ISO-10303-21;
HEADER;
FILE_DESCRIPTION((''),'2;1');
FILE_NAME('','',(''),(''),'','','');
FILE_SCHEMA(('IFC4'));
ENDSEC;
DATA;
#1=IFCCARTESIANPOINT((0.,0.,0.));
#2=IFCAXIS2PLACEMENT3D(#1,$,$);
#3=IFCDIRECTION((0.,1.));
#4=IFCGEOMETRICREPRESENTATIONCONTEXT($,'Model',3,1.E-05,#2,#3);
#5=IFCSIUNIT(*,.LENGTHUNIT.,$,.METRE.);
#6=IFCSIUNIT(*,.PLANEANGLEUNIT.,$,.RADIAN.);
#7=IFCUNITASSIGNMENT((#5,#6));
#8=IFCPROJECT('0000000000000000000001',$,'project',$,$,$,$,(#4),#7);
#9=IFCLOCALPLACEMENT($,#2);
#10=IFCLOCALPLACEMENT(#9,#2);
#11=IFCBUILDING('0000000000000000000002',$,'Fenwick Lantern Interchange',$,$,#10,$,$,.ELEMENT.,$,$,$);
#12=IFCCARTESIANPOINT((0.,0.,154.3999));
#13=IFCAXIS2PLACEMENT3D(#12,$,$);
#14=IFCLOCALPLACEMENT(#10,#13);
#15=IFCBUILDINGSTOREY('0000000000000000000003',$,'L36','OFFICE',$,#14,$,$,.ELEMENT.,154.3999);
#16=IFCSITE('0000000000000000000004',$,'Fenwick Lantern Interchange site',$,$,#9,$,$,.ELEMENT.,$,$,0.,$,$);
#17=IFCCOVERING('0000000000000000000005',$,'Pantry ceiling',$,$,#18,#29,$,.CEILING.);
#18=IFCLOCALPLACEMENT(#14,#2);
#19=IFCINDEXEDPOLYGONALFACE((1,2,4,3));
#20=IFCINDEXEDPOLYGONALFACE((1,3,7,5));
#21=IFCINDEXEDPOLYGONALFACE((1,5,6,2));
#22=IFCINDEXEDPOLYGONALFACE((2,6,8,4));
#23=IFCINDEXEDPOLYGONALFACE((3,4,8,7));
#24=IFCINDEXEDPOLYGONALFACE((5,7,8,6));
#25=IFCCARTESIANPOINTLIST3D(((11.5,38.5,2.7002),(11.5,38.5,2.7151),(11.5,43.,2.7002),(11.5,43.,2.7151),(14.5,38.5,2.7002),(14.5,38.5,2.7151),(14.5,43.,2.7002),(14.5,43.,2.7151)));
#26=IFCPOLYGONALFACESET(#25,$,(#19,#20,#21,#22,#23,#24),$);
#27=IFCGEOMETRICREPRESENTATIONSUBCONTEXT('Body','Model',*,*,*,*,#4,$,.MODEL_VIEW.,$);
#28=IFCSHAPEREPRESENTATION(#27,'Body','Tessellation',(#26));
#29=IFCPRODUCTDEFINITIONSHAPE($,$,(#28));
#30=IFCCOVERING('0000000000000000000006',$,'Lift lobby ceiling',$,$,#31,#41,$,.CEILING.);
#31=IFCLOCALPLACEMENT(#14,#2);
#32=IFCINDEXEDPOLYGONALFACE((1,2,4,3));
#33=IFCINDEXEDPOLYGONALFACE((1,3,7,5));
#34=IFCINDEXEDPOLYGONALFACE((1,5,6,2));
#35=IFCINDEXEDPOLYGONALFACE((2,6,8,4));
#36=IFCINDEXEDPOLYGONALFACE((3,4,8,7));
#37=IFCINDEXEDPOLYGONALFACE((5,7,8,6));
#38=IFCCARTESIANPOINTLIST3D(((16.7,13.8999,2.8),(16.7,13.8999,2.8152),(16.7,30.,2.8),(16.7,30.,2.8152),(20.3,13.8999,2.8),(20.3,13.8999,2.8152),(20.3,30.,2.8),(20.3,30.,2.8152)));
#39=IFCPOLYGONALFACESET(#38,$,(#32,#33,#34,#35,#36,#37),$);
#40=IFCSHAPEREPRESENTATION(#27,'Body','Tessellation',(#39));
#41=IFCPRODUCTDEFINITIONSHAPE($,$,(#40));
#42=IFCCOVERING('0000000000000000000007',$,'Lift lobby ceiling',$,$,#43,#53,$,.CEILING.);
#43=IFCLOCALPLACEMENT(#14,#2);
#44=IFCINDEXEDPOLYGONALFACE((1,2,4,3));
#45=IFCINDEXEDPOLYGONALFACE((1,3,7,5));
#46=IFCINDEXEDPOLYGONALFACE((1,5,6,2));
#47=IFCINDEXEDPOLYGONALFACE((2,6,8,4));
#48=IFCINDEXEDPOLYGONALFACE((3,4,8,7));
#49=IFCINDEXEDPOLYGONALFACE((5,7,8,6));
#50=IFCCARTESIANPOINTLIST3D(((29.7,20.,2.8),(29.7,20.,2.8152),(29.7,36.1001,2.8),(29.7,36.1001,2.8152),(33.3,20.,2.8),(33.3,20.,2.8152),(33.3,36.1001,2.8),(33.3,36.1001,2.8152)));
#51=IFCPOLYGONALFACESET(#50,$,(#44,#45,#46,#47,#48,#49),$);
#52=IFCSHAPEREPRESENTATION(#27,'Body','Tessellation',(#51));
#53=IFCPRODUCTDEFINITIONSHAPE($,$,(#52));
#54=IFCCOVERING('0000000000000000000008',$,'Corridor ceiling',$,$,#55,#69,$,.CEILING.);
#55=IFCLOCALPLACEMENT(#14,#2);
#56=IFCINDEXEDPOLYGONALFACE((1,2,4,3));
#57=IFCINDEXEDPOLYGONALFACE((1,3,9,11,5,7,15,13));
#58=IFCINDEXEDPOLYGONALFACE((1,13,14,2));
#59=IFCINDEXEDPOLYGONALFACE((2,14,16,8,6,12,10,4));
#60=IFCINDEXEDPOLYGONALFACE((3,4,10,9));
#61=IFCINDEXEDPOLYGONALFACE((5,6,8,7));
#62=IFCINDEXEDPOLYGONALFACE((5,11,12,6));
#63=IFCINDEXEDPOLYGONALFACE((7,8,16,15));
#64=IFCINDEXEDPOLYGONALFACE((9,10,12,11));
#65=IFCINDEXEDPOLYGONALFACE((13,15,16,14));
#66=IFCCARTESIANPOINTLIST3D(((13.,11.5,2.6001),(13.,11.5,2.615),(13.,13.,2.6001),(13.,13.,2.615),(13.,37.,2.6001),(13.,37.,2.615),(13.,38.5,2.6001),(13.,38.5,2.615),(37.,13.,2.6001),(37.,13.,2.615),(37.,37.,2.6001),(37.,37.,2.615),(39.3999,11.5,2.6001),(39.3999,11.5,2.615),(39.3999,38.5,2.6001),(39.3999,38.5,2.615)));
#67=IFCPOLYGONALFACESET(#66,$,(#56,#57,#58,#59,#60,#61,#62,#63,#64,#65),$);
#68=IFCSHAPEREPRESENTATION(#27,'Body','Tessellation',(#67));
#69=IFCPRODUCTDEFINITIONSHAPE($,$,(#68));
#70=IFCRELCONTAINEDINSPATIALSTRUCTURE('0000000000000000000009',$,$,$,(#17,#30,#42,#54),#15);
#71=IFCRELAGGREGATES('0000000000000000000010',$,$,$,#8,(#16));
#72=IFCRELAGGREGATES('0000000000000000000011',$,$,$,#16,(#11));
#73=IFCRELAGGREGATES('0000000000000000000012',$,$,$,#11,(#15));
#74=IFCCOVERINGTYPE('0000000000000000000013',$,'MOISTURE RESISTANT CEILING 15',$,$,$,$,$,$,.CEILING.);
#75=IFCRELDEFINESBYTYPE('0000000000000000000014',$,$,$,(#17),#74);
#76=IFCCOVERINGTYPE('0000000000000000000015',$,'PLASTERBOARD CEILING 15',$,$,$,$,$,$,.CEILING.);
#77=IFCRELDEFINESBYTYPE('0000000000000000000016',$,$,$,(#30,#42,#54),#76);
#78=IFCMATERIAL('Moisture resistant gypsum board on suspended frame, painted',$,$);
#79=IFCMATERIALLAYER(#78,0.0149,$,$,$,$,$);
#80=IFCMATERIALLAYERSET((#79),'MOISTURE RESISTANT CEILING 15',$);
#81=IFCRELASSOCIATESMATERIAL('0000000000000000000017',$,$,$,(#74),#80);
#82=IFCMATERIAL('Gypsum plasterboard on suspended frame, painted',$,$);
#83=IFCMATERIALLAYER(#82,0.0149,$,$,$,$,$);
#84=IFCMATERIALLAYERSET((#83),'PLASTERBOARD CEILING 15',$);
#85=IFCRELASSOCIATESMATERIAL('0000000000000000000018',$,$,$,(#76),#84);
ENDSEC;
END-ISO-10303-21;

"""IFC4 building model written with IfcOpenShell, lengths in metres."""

from ifc_helpers import new_model, si_unit, direction, frame, origin, place, context, subcontext, project, spatial, polyline, outline, extrude, material, layer, layer_set, type_object, element, save


model = new_model("IFC4")

# Units and contexts
model_context = context("Model", 3, precision=1e-05, world=origin(), true_north=direction((0.0, 1.0)))
body_context = subcontext(model_context, "Body", "Model", "MODEL_VIEW")
ifc_project = project(units=[si_unit("LENGTHUNIT", "METRE"), si_unit("PLANEANGLEUNIT", "RADIAN")], contexts=[model_context])

# Site, building, storey
site_placement = place(None, origin())
site = spatial("IfcSite", under=ifc_project, at=site_placement, Name="Fenwick Lantern Interchange site", CompositionType="ELEMENT", RefElevation=0.0)
building_placement = place(site_placement, origin())
building = spatial("IfcBuilding", under=site, at=building_placement, Name="Fenwick Lantern Interchange", CompositionType="ELEMENT")
storey_placement = place(building_placement, frame((0.0, 0.0, 154.3999)))
storey = spatial("IfcBuildingStorey", under=building, at=storey_placement, Name="L36", Description="OFFICE", CompositionType="ELEMENT", Elevation=154.3999)

# Coverings
ifc_material_1 = material(Name="Moisture resistant gypsum board on suspended frame, painted")
ifc_layer_1 = layer(ifc_material_1, 0.0149)
ifc_layer_set_1 = layer_set([ifc_layer_1], Name="MOISTURE RESISTANT CEILING 15")
covering_type_1 = type_object("IfcCoveringType", Name="MOISTURE RESISTANT CEILING 15", PredefinedType="CEILING", material=ifc_layer_set_1)
covering_1_placement = place(storey_placement, frame((0.0, 0.0, 2.7002)))
element("IfcCovering", 1, at=covering_1_placement, inside=storey, type_object=covering_type_1, Name="Pantry ceiling", PredefinedType="CEILING", context=body_context, shape_type="SweptSolid", body=[
    extrude(outline(polyline([(14.5, 43.0), (11.5, 43.0), (11.5, 38.5), (14.5, 38.5), (14.5, 43.0)])), origin(), (0.0, 0.0, 1.0), 0.0149),
])
ifc_material_2 = material(Name="Gypsum plasterboard on suspended frame, painted")
ifc_layer_2 = layer(ifc_material_2, 0.0149)
ifc_layer_set_2 = layer_set([ifc_layer_2], Name="PLASTERBOARD CEILING 15")
covering_type_2 = type_object("IfcCoveringType", Name="PLASTERBOARD CEILING 15", PredefinedType="CEILING", material=ifc_layer_set_2)
covering_2_placement = place(storey_placement, frame((0.0, 0.0, 2.8)))
element("IfcCovering", 2, at=covering_2_placement, inside=storey, type_object=covering_type_2, Name="Lift lobby ceiling", PredefinedType="CEILING", context=body_context, shape_type="SweptSolid", body=[
    extrude(outline(polyline([(16.7, 13.8999), (20.3, 13.8999), (20.3, 30.0), (16.7, 30.0), (16.7, 13.8999)])), origin(), (0.0, 0.0, 1.0), 0.0151),
])
covering_3_placement = place(storey_placement, frame((0.0, 0.0, 2.8)))
element("IfcCovering", 3, at=covering_3_placement, inside=storey, type_object=covering_type_2, Name="Lift lobby ceiling", PredefinedType="CEILING", context=body_context, shape_type="SweptSolid", body=[
    extrude(outline(polyline([(33.3, 36.1001), (29.7, 36.1001), (29.7, 20.0), (33.3, 20.0), (33.3, 36.1001)])), origin(), (0.0, 0.0, 1.0), 0.0151),
])
covering_4_placement = place(storey_placement, frame((0.0, 0.0, 2.6001)))
element("IfcCovering", 4, at=covering_4_placement, inside=storey, type_object=covering_type_2, Name="Corridor ceiling", PredefinedType="CEILING", context=body_context, shape_type="SweptSolid", body=[
    extrude(outline(polyline([(39.3999, 38.5), (13.0, 38.5), (13.0, 37.0), (37.0, 37.0), (37.0, 13.0), (13.0, 13.0), (13.0, 11.5), (39.3999, 11.5), (39.3999, 38.5)])), origin(), (0.0, 0.0, 1.0), 0.0149),
])

save(model, "model.ifc")
